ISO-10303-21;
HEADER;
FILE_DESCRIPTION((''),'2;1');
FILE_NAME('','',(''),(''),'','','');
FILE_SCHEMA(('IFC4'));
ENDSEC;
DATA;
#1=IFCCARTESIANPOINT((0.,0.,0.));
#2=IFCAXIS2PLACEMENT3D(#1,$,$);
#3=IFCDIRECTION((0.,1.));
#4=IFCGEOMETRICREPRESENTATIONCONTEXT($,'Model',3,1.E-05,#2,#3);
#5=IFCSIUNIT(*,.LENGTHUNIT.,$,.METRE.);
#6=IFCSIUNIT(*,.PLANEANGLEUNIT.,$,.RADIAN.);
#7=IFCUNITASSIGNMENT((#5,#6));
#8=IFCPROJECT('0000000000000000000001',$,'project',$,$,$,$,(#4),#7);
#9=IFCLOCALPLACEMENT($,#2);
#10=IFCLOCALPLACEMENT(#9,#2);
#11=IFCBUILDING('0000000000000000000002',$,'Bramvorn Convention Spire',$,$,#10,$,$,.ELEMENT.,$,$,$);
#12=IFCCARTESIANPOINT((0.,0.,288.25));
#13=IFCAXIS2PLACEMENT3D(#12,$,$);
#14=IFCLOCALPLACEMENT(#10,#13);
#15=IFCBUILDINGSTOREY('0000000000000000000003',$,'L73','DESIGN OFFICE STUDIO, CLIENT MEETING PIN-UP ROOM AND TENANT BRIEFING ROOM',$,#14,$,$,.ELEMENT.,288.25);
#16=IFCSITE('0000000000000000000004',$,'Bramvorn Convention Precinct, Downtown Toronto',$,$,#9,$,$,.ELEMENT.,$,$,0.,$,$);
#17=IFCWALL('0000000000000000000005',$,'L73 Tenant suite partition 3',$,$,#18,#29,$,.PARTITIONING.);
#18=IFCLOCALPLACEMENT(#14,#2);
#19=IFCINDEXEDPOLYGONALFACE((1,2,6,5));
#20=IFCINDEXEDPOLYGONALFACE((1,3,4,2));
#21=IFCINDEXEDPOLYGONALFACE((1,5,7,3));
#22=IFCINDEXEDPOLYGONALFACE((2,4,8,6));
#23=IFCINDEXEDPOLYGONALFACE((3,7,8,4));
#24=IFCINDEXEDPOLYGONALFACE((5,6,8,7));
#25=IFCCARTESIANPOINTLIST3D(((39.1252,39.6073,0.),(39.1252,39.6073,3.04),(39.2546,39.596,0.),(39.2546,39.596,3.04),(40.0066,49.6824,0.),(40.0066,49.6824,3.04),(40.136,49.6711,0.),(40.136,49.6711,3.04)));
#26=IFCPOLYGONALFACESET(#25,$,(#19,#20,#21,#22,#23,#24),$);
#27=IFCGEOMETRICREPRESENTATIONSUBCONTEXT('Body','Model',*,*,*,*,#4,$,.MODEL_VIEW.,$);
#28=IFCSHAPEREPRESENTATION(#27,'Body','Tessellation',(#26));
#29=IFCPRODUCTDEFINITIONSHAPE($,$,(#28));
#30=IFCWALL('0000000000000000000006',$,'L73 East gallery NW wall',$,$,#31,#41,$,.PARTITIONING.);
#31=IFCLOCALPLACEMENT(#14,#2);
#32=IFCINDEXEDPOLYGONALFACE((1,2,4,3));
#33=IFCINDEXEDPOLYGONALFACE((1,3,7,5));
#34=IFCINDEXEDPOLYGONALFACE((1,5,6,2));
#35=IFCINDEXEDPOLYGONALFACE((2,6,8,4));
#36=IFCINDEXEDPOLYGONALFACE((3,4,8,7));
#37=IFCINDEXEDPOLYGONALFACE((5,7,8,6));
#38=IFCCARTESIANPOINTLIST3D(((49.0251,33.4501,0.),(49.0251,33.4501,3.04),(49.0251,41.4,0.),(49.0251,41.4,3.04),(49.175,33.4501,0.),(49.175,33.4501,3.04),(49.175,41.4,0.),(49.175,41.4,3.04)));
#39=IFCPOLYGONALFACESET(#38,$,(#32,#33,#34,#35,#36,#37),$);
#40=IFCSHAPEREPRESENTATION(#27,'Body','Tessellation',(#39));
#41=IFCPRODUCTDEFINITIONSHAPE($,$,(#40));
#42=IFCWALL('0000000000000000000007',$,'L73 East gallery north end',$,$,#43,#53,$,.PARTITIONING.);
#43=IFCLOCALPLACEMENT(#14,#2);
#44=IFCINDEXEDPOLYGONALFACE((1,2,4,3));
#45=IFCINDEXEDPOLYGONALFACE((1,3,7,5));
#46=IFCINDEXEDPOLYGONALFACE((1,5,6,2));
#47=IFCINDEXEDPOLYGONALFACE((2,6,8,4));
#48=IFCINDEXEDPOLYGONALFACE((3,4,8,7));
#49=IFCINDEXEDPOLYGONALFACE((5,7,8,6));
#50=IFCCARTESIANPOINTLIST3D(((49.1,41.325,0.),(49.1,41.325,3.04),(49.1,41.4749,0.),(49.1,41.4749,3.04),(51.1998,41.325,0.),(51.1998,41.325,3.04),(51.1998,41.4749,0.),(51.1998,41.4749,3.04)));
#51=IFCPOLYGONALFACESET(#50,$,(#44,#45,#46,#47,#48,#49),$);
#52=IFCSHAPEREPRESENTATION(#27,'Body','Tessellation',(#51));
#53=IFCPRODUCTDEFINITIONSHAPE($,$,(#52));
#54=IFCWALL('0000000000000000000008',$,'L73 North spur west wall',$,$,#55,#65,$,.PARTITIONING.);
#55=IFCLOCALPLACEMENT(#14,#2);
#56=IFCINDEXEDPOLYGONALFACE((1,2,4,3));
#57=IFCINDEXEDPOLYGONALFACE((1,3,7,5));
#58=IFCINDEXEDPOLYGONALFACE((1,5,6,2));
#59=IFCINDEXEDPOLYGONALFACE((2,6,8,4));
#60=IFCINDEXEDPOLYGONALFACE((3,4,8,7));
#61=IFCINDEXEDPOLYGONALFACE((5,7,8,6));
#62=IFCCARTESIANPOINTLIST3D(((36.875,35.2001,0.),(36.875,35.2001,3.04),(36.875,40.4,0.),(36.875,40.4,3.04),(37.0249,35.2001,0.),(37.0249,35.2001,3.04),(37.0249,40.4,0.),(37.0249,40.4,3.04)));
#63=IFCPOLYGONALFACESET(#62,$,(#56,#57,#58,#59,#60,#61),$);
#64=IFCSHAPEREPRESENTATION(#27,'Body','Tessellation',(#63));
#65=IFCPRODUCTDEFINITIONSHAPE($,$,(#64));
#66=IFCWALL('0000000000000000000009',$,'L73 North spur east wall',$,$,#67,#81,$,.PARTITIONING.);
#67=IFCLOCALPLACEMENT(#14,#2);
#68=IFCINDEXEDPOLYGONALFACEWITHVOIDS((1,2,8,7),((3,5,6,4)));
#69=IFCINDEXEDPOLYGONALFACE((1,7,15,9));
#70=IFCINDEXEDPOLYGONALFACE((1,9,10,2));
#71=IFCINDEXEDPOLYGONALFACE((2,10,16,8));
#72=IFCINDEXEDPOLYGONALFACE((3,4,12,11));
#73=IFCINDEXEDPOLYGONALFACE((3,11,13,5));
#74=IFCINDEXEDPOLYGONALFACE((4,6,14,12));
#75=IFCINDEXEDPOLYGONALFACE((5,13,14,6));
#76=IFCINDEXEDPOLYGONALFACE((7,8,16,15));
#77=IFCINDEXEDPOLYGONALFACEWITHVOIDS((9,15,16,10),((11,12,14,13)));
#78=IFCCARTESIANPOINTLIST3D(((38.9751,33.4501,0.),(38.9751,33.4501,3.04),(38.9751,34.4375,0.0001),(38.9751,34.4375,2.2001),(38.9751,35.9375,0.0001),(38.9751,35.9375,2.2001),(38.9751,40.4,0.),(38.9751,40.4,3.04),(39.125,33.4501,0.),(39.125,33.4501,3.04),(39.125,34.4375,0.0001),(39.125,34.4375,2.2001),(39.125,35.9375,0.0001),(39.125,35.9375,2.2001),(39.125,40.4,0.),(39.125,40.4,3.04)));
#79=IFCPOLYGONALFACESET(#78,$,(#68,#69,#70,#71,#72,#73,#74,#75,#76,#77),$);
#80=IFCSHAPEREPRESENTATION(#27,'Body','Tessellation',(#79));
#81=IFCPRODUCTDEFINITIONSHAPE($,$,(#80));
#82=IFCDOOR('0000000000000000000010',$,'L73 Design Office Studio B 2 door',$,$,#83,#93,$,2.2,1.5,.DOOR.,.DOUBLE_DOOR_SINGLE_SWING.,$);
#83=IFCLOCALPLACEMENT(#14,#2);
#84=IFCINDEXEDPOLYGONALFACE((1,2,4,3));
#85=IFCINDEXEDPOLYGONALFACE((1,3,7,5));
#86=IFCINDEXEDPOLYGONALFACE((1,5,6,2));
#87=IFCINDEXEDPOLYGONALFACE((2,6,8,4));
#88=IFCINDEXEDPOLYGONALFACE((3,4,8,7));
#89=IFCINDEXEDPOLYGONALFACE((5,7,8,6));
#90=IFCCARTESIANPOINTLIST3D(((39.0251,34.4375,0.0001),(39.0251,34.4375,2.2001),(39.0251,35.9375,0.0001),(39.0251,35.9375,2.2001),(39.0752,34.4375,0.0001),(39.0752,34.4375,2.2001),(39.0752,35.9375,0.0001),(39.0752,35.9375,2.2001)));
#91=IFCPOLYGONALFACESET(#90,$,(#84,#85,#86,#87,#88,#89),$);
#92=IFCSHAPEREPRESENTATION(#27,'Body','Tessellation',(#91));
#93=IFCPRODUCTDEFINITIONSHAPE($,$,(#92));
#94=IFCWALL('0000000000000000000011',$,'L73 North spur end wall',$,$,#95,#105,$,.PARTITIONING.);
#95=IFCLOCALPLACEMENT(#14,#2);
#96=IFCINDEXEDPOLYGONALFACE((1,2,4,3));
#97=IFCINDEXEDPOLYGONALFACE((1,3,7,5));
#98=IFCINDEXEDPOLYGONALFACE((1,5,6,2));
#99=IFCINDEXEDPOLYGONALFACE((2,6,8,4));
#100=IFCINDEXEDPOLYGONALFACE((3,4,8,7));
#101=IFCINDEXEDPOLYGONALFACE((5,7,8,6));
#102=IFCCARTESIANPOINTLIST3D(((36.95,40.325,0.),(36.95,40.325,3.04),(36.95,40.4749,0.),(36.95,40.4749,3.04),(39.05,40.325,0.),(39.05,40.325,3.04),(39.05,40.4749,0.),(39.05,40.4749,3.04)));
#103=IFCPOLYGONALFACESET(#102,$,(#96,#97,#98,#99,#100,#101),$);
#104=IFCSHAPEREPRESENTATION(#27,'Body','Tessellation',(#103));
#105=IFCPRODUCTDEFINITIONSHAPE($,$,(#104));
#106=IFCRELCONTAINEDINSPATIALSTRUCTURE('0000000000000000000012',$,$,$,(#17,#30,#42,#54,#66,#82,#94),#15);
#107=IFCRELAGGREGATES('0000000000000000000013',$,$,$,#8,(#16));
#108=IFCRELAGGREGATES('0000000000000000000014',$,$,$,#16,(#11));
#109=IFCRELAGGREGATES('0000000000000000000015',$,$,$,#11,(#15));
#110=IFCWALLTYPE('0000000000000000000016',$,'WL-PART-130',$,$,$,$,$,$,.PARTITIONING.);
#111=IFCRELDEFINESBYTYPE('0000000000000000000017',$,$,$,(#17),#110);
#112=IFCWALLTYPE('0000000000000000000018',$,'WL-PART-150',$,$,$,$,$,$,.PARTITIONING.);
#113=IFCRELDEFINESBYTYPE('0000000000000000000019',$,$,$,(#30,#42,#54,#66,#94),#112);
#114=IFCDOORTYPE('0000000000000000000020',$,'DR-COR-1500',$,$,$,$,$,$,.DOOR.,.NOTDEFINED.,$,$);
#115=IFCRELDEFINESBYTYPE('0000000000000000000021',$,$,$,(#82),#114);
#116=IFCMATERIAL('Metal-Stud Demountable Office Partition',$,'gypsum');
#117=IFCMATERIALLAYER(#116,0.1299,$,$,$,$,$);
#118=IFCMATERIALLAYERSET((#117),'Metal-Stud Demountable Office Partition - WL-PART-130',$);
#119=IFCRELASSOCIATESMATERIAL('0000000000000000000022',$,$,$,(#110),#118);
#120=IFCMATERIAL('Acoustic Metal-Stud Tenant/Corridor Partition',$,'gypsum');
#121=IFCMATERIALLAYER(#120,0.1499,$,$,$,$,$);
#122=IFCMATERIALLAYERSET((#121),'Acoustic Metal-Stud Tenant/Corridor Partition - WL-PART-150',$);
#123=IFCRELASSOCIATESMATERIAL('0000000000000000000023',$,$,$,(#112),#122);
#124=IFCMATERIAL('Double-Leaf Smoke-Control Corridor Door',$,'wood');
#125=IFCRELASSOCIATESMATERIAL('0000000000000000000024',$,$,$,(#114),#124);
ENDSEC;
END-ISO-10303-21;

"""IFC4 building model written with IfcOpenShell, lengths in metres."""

from ifc_helpers import new_model, si_unit, direction, frame, frame_2d, origin, place, context, subcontext, project, spatial, rectangle, extrude, material, layer, layer_set, type_object, element, fill, save


model = new_model("IFC4")

# Units and contexts
model_context = context("Model", 3, precision=1e-05, world=origin(), true_north=direction((0.0, 1.0)))
body_context = subcontext(model_context, "Body", "Model", "MODEL_VIEW")
ifc_project = project(units=[si_unit("LENGTHUNIT", "METRE"), si_unit("PLANEANGLEUNIT", "RADIAN")], contexts=[model_context])

# Site, building, storey
site_placement = place(None, origin())
site = spatial("IfcSite", under=ifc_project, at=site_placement, Name="Bramvorn Convention Precinct, Downtown Toronto", CompositionType="ELEMENT", RefElevation=0.0)
building_placement = place(site_placement, origin())
building = spatial("IfcBuilding", under=site, at=building_placement, Name="Bramvorn Convention Spire", CompositionType="ELEMENT")
storey_placement = place(building_placement, frame((0.0, 0.0, 288.25)))
storey = spatial("IfcBuildingStorey", under=building, at=storey_placement, Name="L73", Description="DESIGN OFFICE STUDIO, CLIENT MEETING PIN-UP ROOM AND TENANT BRIEFING ROOM", CompositionType="ELEMENT", Elevation=288.25)

# Walls
ifc_material_1 = material(Name="Metal-Stud Demountable Office Partition", Category="gypsum")
ifc_layer_1 = layer(ifc_material_1, 0.1299)
ifc_layer_set_1 = layer_set([ifc_layer_1], Name="Metal-Stud Demountable Office Partition - WL-PART-130")
wall_type_1 = type_object("IfcWallType", Name="WL-PART-130", PredefinedType="PARTITIONING", material=ifc_layer_set_1)
wall_1_placement = place(storey_placement, frame((39.1899, 39.6018, 0.0), z_axis=(0.0, 0.0, 1.0), x_axis=(0.087146, 0.996196, 0.0)))
element("IfcWall", 1, at=wall_1_placement, inside=storey, type_object=wall_type_1, Name="L73 Tenant suite partition 3", PredefinedType="PARTITIONING", context=body_context, shape_type="SweptSolid", body=[
    extrude(rectangle(XDim=10.1135, YDim=0.1299, at=frame_2d((5.0566, 0.0))), origin(), (0.0, 0.0, 1.0), 3.04),
])
ifc_material_2 = material(Name="Acoustic Metal-Stud Tenant/Corridor Partition", Category="gypsum")
ifc_layer_2 = layer(ifc_material_2, 0.1499)
ifc_layer_set_2 = layer_set([ifc_layer_2], Name="Acoustic Metal-Stud Tenant/Corridor Partition - WL-PART-150")
wall_type_2 = type_object("IfcWallType", Name="WL-PART-150", PredefinedType="PARTITIONING", material=ifc_layer_set_2)
wall_2_placement = place(storey_placement, frame((49.1001, 33.45, 0.0), z_axis=(0.0, 0.0, 1.0), x_axis=(0.0, 1.0, 0.0)))
element("IfcWall", 2, at=wall_2_placement, inside=storey, type_object=wall_type_2, Name="L73 East gallery NW wall", PredefinedType="PARTITIONING", context=body_context, shape_type="SweptSolid", body=[
    extrude(rectangle(XDim=7.95, YDim=0.1499, at=frame_2d((3.9751, 0.0))), origin(), (0.0, 0.0, 1.0), 3.04),
])
wall_3_placement = place(storey_placement, frame((49.1001, 41.3999, 0.0), z_axis=(0.0, 0.0, 1.0), x_axis=(1.0, 0.0, 0.0)))
element("IfcWall", 3, at=wall_3_placement, inside=storey, type_object=wall_type_2, Name="L73 East gallery north end", PredefinedType="PARTITIONING", context=body_context, shape_type="SweptSolid", body=[
    extrude(rectangle(XDim=2.0999, YDim=0.1499, at=frame_2d((1.0498, 0.0))), origin(), (0.0, 0.0, 1.0), 3.04),
])
wall_4_placement = place(storey_placement, frame((36.95, 35.2, 0.0), z_axis=(0.0, 0.0, 1.0), x_axis=(0.0, 1.0, 0.0)))
element("IfcWall", 4, at=wall_4_placement, inside=storey, type_object=wall_type_2, Name="L73 North spur west wall", PredefinedType="PARTITIONING", context=body_context, shape_type="SweptSolid", body=[
    extrude(rectangle(XDim=5.2, YDim=0.1499, at=frame_2d((2.6001, 0.0))), origin(), (0.0, 0.0, 1.0), 3.04),
])

# Wall, opening, door
wall_5_placement = place(storey_placement, frame((39.05, 33.45, 0.0), z_axis=(0.0, 0.0, 1.0), x_axis=(0.0, 1.0, 0.0)))
wall_5 = element("IfcWall", 5, at=wall_5_placement, inside=storey, type_object=wall_type_2, Name="L73 North spur east wall", PredefinedType="PARTITIONING", context=body_context, shape_type="SweptSolid", body=[
    extrude(rectangle(XDim=6.95, YDim=0.1499, at=frame_2d((3.4751, 0.0))), origin(), (0.0, 0.0, 1.0), 3.04),
])
opening_1_placement = place(wall_5_placement, frame((0.9875, 0.0, 0.0)))
opening_1 = element("IfcOpeningElement", 6, at=opening_1_placement, cuts=wall_5, PredefinedType="OPENING", context=body_context, shape_type="SweptSolid", body=[
    extrude(rectangle(XDim=1.5, YDim=2.2, at=frame_2d((0.75, 1.1001))), frame((0.0, 0.085, 0.0), z_axis=(0.0, -1.0, 0.0), x_axis=(1.0, 0.0, 0.0)), (0.0, 0.0, 1.0), 0.1699),
])
ifc_material_3 = material(Name="Double-Leaf Smoke-Control Corridor Door", Category="wood")
door_type_1 = type_object("IfcDoorType", Name="DR-COR-1500", OperationType="NOTDEFINED", PredefinedType="DOOR", material=ifc_material_3)
door_1_placement = place(opening_1_placement, origin())
door_1 = element("IfcDoor", 7, at=door_1_placement, inside=storey, type_object=door_type_1, Name="L73 Design Office Studio B 2 door", OperationType="DOUBLE_DOOR_SINGLE_SWING", OverallHeight=2.2, OverallWidth=1.5, PredefinedType="DOOR", context=body_context, shape_type="SweptSolid", body=[
    extrude(rectangle(XDim=1.5, YDim=2.2, at=frame_2d((0.75, 1.1001))), frame((0.0, 0.0249, 0.0), z_axis=(0.0, -1.0, 0.0), x_axis=(1.0, 0.0, 0.0)), (0.0, 0.0, 1.0), 0.05),
])
fill(opening_1, door_1)

# Wall
wall_6_placement = place(storey_placement, frame((36.95, 40.3999, 0.0), z_axis=(0.0, 0.0, 1.0), x_axis=(1.0, 0.0, 0.0)))
element("IfcWall", 8, at=wall_6_placement, inside=storey, type_object=wall_type_2, Name="L73 North spur end wall", PredefinedType="PARTITIONING", context=body_context, shape_type="SweptSolid", body=[
    extrude(rectangle(XDim=2.1001, YDim=0.1499, at=frame_2d((1.05, 0.0))), origin(), (0.0, 0.0, 1.0), 3.04),
])

save(model, "model.ifc")
